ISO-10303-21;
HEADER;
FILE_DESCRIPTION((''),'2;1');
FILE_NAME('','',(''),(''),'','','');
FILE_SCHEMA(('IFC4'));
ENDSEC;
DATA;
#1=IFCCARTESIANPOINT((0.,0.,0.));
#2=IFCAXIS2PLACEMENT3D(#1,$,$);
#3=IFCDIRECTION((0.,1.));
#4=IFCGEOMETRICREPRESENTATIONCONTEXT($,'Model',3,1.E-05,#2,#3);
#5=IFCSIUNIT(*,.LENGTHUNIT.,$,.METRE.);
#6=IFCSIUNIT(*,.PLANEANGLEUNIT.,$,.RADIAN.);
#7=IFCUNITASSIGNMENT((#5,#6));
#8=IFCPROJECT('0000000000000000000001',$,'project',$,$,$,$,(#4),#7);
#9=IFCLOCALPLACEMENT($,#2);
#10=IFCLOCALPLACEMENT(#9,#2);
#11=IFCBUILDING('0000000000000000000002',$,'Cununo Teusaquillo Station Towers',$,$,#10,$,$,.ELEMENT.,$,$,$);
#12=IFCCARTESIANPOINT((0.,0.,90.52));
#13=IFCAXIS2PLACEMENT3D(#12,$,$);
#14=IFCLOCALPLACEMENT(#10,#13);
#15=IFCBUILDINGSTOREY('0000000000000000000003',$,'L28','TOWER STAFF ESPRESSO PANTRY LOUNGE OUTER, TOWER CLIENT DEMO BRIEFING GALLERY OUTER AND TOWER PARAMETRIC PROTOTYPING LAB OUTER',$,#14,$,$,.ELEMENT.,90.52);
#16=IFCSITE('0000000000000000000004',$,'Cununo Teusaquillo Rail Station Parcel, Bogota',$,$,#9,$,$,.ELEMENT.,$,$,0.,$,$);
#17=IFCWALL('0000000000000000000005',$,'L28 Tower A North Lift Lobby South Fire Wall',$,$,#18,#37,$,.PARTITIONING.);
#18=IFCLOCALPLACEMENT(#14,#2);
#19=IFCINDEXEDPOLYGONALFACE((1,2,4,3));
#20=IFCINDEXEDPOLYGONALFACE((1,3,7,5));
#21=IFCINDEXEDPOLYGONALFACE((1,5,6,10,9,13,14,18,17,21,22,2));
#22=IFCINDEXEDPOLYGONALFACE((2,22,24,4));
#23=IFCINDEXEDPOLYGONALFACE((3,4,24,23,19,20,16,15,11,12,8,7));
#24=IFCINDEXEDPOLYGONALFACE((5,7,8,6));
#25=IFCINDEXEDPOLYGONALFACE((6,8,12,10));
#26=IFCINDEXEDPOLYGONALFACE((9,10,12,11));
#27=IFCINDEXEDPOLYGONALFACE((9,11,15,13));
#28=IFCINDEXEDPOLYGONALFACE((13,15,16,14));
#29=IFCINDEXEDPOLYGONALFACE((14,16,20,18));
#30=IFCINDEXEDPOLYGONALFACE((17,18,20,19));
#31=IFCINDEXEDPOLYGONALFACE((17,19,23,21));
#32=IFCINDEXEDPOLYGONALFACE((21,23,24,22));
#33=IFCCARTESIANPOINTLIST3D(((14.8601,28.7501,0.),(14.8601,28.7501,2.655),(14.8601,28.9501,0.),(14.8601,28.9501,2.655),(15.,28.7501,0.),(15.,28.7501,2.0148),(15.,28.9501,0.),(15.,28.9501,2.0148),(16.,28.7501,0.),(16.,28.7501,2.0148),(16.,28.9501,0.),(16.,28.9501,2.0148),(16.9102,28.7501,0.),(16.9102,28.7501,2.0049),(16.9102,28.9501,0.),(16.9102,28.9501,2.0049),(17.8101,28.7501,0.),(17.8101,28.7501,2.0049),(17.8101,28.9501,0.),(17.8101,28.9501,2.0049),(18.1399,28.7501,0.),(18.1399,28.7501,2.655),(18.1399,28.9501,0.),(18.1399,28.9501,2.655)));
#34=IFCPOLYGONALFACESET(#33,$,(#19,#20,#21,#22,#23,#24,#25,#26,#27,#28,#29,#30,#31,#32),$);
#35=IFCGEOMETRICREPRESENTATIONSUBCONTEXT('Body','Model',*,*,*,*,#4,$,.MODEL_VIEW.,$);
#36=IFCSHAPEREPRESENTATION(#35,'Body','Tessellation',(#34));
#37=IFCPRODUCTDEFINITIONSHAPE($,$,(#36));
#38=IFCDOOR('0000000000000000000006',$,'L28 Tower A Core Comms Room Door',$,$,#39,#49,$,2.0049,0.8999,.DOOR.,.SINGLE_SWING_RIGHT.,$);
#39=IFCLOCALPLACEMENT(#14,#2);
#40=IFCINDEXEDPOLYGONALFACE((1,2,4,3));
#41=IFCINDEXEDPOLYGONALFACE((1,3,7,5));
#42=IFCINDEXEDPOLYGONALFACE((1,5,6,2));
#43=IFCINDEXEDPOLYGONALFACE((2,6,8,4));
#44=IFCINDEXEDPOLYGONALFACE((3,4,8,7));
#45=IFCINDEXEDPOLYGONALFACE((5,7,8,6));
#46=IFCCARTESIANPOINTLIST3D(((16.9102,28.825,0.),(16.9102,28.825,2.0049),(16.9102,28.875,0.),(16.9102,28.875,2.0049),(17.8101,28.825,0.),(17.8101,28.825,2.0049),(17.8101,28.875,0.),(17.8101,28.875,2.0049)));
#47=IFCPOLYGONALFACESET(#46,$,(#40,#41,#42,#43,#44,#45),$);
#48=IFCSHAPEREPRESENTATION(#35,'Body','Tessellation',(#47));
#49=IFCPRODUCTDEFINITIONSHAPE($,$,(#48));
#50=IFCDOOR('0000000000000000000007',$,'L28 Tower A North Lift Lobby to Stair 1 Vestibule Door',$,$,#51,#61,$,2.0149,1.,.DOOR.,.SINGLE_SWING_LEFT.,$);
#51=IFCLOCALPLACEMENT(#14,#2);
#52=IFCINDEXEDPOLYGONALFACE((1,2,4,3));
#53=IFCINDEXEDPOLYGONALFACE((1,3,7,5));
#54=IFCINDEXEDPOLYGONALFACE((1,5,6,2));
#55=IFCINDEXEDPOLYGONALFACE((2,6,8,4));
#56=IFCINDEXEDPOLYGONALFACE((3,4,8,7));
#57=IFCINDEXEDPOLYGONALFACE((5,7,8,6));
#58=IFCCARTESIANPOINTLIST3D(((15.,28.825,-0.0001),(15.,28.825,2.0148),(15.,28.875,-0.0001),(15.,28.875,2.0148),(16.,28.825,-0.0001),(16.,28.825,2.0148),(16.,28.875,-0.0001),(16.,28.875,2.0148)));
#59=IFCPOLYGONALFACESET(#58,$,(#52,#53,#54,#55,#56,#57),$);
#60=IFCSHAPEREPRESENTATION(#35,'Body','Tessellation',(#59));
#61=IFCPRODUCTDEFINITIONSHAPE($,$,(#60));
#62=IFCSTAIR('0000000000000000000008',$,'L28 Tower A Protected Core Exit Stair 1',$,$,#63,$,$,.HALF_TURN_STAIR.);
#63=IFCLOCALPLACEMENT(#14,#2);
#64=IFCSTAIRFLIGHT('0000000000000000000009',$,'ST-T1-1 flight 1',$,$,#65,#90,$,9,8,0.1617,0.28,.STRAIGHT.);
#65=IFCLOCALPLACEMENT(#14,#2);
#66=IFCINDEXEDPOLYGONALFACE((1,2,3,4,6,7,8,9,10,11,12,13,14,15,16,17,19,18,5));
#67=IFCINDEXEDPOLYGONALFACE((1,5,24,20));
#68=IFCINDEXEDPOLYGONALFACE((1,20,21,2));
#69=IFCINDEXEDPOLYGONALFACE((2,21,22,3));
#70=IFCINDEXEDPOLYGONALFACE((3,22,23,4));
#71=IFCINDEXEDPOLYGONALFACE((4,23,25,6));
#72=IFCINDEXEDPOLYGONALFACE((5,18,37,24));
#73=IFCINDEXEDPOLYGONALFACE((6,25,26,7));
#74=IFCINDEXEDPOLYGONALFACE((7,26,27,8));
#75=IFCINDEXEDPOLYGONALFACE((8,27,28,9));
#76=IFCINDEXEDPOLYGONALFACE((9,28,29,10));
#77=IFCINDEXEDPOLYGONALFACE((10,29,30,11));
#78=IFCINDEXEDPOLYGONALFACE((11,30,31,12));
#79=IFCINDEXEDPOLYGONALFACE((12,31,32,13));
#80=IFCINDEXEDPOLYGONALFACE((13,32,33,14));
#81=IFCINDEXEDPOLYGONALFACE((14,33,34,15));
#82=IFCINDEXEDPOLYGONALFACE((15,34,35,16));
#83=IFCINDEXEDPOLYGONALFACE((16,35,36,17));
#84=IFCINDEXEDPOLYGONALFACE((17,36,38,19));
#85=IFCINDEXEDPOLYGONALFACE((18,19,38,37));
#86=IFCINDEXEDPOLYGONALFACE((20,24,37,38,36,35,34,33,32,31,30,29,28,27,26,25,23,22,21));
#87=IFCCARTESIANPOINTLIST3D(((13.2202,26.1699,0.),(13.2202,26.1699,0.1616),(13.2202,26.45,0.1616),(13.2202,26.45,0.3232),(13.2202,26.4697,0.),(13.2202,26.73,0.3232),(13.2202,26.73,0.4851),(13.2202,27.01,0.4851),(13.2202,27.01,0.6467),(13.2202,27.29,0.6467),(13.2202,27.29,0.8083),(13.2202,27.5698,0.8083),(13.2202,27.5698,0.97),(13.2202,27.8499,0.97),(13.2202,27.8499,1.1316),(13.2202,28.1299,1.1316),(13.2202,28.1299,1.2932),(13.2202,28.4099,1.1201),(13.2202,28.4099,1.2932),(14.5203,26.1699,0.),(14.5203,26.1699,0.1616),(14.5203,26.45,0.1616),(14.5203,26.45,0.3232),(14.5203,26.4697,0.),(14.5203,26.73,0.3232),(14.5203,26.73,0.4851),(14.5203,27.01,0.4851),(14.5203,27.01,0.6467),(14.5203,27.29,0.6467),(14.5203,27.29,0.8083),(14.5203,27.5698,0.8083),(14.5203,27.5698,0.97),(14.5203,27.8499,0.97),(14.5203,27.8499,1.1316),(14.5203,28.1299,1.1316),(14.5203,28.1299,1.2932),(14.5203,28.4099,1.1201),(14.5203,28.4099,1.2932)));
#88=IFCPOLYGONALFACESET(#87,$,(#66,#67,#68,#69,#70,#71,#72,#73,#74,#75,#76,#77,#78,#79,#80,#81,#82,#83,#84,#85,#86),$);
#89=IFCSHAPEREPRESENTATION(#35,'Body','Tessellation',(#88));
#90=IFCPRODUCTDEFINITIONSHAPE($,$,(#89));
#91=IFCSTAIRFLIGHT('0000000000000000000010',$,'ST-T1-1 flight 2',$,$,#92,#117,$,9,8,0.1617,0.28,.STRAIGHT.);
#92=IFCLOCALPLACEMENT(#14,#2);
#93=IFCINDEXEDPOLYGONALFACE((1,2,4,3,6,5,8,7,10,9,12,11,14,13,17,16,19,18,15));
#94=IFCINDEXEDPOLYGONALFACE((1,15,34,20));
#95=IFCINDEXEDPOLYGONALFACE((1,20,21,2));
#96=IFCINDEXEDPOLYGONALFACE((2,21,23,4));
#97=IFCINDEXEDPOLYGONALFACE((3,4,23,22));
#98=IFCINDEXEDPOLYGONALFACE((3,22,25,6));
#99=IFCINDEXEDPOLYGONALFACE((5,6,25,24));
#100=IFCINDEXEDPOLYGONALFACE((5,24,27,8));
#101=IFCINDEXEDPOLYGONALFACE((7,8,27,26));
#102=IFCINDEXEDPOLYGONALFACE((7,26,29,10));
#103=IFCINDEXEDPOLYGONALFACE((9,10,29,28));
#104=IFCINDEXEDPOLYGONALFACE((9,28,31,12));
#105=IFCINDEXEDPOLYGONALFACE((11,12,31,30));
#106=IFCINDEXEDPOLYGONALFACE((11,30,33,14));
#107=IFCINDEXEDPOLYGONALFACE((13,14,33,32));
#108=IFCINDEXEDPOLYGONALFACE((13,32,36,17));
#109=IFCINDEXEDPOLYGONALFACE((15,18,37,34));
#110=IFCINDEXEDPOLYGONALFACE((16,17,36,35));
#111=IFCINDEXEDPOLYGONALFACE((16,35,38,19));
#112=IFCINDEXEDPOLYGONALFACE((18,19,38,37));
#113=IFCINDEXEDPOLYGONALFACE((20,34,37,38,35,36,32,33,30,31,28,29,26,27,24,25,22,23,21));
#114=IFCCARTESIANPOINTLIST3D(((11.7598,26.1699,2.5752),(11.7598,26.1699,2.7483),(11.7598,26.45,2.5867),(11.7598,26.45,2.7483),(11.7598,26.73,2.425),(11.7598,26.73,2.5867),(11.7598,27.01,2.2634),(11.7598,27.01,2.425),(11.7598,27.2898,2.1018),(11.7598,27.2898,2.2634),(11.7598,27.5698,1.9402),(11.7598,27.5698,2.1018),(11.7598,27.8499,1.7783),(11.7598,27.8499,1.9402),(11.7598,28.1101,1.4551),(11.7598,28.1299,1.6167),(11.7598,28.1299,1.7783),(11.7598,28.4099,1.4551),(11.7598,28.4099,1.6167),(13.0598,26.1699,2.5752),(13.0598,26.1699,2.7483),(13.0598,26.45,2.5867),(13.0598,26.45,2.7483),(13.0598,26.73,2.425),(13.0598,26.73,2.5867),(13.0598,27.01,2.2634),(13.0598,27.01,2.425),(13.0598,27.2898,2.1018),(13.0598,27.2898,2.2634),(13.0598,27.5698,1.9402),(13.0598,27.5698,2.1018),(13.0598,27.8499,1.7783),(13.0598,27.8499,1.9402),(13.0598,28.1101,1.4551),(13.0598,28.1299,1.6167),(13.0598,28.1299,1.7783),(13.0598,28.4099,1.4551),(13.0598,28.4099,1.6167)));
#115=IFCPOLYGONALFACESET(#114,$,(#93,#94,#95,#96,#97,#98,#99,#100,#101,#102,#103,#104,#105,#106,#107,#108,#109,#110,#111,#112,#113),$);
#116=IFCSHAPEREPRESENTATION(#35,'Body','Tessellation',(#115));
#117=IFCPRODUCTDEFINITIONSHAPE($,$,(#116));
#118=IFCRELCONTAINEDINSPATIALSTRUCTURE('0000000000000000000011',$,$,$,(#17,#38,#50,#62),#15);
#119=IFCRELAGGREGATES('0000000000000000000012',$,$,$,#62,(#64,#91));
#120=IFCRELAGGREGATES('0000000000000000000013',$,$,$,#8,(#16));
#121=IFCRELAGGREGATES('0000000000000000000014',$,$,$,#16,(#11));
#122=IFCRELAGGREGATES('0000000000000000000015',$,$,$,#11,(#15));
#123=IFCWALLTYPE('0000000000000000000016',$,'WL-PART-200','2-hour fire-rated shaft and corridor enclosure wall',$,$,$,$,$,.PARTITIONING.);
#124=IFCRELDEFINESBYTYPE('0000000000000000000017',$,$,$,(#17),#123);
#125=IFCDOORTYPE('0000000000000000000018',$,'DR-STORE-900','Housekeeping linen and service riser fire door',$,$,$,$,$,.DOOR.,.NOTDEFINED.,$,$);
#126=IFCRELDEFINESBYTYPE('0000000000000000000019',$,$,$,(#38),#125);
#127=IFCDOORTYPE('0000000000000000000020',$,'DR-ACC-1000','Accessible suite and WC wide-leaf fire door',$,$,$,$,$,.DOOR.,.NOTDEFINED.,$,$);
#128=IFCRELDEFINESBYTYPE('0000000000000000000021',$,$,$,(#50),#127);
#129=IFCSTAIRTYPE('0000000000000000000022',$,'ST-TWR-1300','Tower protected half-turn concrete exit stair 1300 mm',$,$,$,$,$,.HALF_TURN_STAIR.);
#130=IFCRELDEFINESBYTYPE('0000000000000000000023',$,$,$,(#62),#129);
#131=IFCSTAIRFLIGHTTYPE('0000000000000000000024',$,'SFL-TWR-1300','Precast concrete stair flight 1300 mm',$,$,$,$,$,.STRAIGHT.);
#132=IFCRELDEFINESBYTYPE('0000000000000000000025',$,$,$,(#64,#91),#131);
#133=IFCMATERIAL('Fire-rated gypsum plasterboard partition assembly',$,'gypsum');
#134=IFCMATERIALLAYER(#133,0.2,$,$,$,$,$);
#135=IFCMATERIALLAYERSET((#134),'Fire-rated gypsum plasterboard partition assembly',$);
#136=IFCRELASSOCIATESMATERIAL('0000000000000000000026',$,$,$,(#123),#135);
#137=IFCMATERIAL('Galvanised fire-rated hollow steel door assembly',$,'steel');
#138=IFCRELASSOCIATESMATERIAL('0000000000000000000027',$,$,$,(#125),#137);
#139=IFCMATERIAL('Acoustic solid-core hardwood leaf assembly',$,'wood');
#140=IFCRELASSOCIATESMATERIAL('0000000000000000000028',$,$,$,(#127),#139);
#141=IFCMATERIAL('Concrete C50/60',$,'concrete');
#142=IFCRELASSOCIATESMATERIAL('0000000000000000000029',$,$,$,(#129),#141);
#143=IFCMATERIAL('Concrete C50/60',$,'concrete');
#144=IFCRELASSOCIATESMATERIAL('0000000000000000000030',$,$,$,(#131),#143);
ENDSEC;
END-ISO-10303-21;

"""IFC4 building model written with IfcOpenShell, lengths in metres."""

from ifc_helpers import new_model, si_unit, direction, frame, frame_2d, origin, place, context, subcontext, project, spatial, polyline, rectangle, outline, extrude, source, transform, mapped, material, layer, layer_set, type_object, element, fill, aggregate, save


model = new_model("IFC4")

# Units and contexts
model_context = context("Model", 3, precision=1e-05, world=origin(), true_north=direction((0.0, 1.0)))
body_context = subcontext(model_context, "Body", "Model", "MODEL_VIEW")
ifc_project = project(units=[si_unit("LENGTHUNIT", "METRE"), si_unit("PLANEANGLEUNIT", "RADIAN")], contexts=[model_context])

# Site, building, storey
site_placement = place(None, origin())
site = spatial("IfcSite", under=ifc_project, at=site_placement, Name="Cununo Teusaquillo Rail Station Parcel, Bogota", CompositionType="ELEMENT", RefElevation=0.0)
building_placement = place(site_placement, origin())
building = spatial("IfcBuilding", under=site, at=building_placement, Name="Cununo Teusaquillo Station Towers", CompositionType="ELEMENT")
storey_placement = place(building_placement, frame((0.0, 0.0, 90.52)))
storey = spatial("IfcBuildingStorey", under=building, at=storey_placement, Name="L28", Description="TOWER STAFF ESPRESSO PANTRY LOUNGE OUTER, TOWER CLIENT DEMO BRIEFING GALLERY OUTER AND TOWER PARAMETRIC PROTOTYPING LAB OUTER", CompositionType="ELEMENT", Elevation=90.52)

# Shared definitions
shared_shape_1 = source(origin(), body_context, "Body", "SweptSolid", [
    extrude(rectangle(XDim=0.8999, YDim=2.0049, at=frame_2d((0.45, 1.0024))), frame((0.0, 0.0249, 0.0), z_axis=(0.0, -1.0, 0.0), x_axis=(1.0, 0.0, 0.0)), (0.0, 0.0, 1.0), 0.05),
])

# Shared definitions
ifc_material_1 = material(Name="Fire-rated gypsum plasterboard partition assembly", Category="gypsum")
ifc_layer_1 = layer(ifc_material_1, 0.2)
ifc_layer_set_1 = layer_set([ifc_layer_1], Name="Fire-rated gypsum plasterboard partition assembly")
wall_type_1 = type_object("IfcWallType", Name="WL-PART-200", Description="2-hour fire-rated shaft and corridor enclosure wall", PredefinedType="PARTITIONING", material=ifc_layer_set_1)
shared_shape_2 = source(origin(), body_context, "Body", "SweptSolid", [
    extrude(rectangle(XDim=0.8999, YDim=2.0049, at=frame_2d((0.45, 1.0024))), frame((0.0, 0.1099, 0.0), z_axis=(0.0, -1.0, 0.0), x_axis=(1.0, 0.0, 0.0)), (0.0, 0.0, 1.0), 0.22),
])
ifc_material_2 = material(Name="Galvanised fire-rated hollow steel door assembly", Category="steel")
door_type_1 = type_object("IfcDoorType", Name="DR-STORE-900", Description="Housekeeping linen and service riser fire door", OperationType="NOTDEFINED", PredefinedType="DOOR", material=ifc_material_2)

# Wall, openings, doors
wall_1_placement = place(storey_placement, frame((14.8601, 28.8501, 0.0), z_axis=(0.0, 0.0, 1.0), x_axis=(1.0, 0.0, 0.0)))
wall_1 = element("IfcWall", 1, at=wall_1_placement, inside=storey, type_object=wall_type_1, Name="L28 Tower A North Lift Lobby South Fire Wall", PredefinedType="PARTITIONING", context=body_context, shape_type="SweptSolid", body=[
    extrude(rectangle(XDim=3.2798, YDim=0.2, at=frame_2d((1.6399, 0.0))), origin(), (0.0, 0.0, 1.0), 2.655),
])
shared_shape_3 = source(origin(), body_context, "Body", "SweptSolid", [
    extrude(rectangle(XDim=1.0, YDim=2.0149, at=frame_2d((0.5, 1.0073))), frame((0.0, 0.1099, 0.0), z_axis=(0.0, -1.0, 0.0), x_axis=(1.0, 0.0, 0.0)), (0.0, 0.0, 1.0), 0.22),
])
opening_1_placement = place(wall_1_placement, frame((0.1399, 0.0, 0.0)))
opening_1 = element("IfcOpeningElement", 2, at=opening_1_placement, cuts=wall_1, PredefinedType="OPENING", context=body_context, shape_type="MappedRepresentation", body=[
    mapped(shared_shape_3, transform((0.0, 0.0, 0.0), x_axis=(1.0, 0.0, 0.0), y_axis=(0.0, 1.0, 0.0), z_axis=(0.0, 0.0, 1.0), scale=1.0)),
])
opening_2_placement = place(wall_1_placement, frame((2.05, 0.0, 0.0)))
opening_2 = element("IfcOpeningElement", 3, at=opening_2_placement, cuts=wall_1, PredefinedType="OPENING", context=body_context, shape_type="MappedRepresentation", body=[
    mapped(shared_shape_2, transform((0.0, 0.0, 0.0), x_axis=(1.0, 0.0, 0.0), y_axis=(0.0, 1.0, 0.0), z_axis=(0.0, 0.0, 1.0), scale=1.0)),
])
door_1_placement = place(opening_2_placement, origin())
door_1 = element("IfcDoor", 4, at=door_1_placement, inside=storey, type_object=door_type_1, Name="L28 Tower A Core Comms Room Door", OperationType="SINGLE_SWING_RIGHT", OverallHeight=2.0049, OverallWidth=0.8999, PredefinedType="DOOR", context=body_context, shape_type="MappedRepresentation", body=[
    mapped(shared_shape_1, transform((0.0, 0.0, 0.0), x_axis=(1.0, 0.0, 0.0), y_axis=(0.0, 1.0, 0.0), z_axis=(0.0, 0.0, 1.0), scale=1.0)),
])
fill(opening_2, door_1)
ifc_material_3 = material(Name="Acoustic solid-core hardwood leaf assembly", Category="wood")
door_type_2 = type_object("IfcDoorType", Name="DR-ACC-1000", Description="Accessible suite and WC wide-leaf fire door", OperationType="NOTDEFINED", PredefinedType="DOOR", material=ifc_material_3)
shared_shape_4 = source(origin(), body_context, "Body", "SweptSolid", [
    extrude(rectangle(XDim=1.0, YDim=2.0149, at=frame_2d((0.5, 1.0073))), frame((0.0, 0.0249, 0.0), z_axis=(0.0, -1.0, 0.0), x_axis=(1.0, 0.0, 0.0)), (0.0, 0.0, 1.0), 0.05),
])
door_2_placement = place(opening_1_placement, origin())
door_2 = element("IfcDoor", 5, at=door_2_placement, inside=storey, type_object=door_type_2, Name="L28 Tower A North Lift Lobby to Stair 1 Vestibule Door", OperationType="SINGLE_SWING_LEFT", OverallHeight=2.0149, OverallWidth=1.0, PredefinedType="DOOR", context=body_context, shape_type="MappedRepresentation", body=[
    mapped(shared_shape_4, transform((0.0, 0.0, 0.0), x_axis=(1.0, 0.0, 0.0), y_axis=(0.0, 1.0, 0.0), z_axis=(0.0, 0.0, 1.0), scale=1.0)),
])
fill(opening_1, door_2)

# Stair, stair flights
ifc_material_4 = material(Name="Concrete C50/60", Category="concrete")
stair_type = type_object("IfcStairType", Name="ST-TWR-1300", Description="Tower protected half-turn concrete exit stair 1300 mm", PredefinedType="HALF_TURN_STAIR", material=ifc_material_4)
stair_placement = place(storey_placement, origin())
stair = element("IfcStair", 6, at=stair_placement, inside=storey, type_object=stair_type, Name="L28 Tower A Protected Core Exit Stair 1", PredefinedType="HALF_TURN_STAIR")
ifc_material_5 = material(Name="Concrete C50/60", Category="concrete")
stair_flight_type = type_object("IfcStairFlightType", Name="SFL-TWR-1300", Description="Precast concrete stair flight 1300 mm", PredefinedType="STRAIGHT", material=ifc_material_5)
stair_flight_1_placement = place(storey_placement, frame((13.8701, 26.1699, 0.0), z_axis=(0.0, 0.0, 1.0), x_axis=(0.0, 1.0, 0.0)))
stair_flight_1 = element("IfcStairFlight", 7, at=stair_flight_1_placement, type_object=stair_flight_type, Name="ST-T1-1 flight 1", NumberOfRisers=9, NumberOfTreads=8, PredefinedType="STRAIGHT", RiserHeight=0.1617, TreadLength=0.28, context=body_context, shape_type="SweptSolid", body=[
    extrude(outline(polyline([(0.0, 0.0), (0.0, 0.1616), (0.28, 0.1616), (0.28, 0.3232), (0.5601, 0.3232), (0.5601, 0.4851), (0.8401, 0.4851), (0.8401, 0.6467), (1.1201, 0.6467), (1.1201, 0.8083), (1.3999, 0.8083), (1.3999, 0.97), (1.6799, 0.97), (1.6799, 1.1316), (1.96, 1.1316), (1.96, 1.2932), (2.24, 1.2932), (2.24, 1.4551), (2.24, 1.1201), (0.2998, 0.0), (0.0, 0.0)])), frame((0.0, 0.6499, 0.0), z_axis=(0.0, -1.0, 0.0), x_axis=(1.0, 0.0, 0.0)), (0.0, 0.0, 1.0), 1.3),
])
stair_flight_2_placement = place(storey_placement, frame((12.4099, 28.4099, 1.4551), z_axis=(0.0, 0.0, 1.0), x_axis=(0.0, -1.0, 0.0)))
stair_flight_2 = element("IfcStairFlight", 8, at=stair_flight_2_placement, type_object=stair_flight_type, Name="ST-T1-1 flight 2", NumberOfRisers=9, NumberOfTreads=8, PredefinedType="STRAIGHT", RiserHeight=0.1617, TreadLength=0.28, context=body_context, shape_type="SweptSolid", body=[
    extrude(outline(polyline([(0.0, 0.0), (0.0, 0.1616), (0.28, 0.1616), (0.28, 0.3232), (0.5601, 0.3232), (0.5601, 0.4851), (0.8401, 0.4851), (0.8401, 0.6467), (1.1201, 0.6467), (1.1201, 0.8083), (1.3999, 0.8083), (1.3999, 0.97), (1.6799, 0.97), (1.6799, 1.1316), (1.96, 1.1316), (1.96, 1.2932), (2.24, 1.2932), (2.24, 1.4551), (2.24, 1.1201), (0.2998, 0.0), (0.0, 0.0)])), frame((0.0, 0.6499, 0.0), z_axis=(0.0, -1.0, 0.0), x_axis=(1.0, 0.0, 0.0)), (0.0, 0.0, 1.0), 1.3),
])
aggregate(stair, [stair_flight_1, stair_flight_2])

save(model, "model.ifc")
